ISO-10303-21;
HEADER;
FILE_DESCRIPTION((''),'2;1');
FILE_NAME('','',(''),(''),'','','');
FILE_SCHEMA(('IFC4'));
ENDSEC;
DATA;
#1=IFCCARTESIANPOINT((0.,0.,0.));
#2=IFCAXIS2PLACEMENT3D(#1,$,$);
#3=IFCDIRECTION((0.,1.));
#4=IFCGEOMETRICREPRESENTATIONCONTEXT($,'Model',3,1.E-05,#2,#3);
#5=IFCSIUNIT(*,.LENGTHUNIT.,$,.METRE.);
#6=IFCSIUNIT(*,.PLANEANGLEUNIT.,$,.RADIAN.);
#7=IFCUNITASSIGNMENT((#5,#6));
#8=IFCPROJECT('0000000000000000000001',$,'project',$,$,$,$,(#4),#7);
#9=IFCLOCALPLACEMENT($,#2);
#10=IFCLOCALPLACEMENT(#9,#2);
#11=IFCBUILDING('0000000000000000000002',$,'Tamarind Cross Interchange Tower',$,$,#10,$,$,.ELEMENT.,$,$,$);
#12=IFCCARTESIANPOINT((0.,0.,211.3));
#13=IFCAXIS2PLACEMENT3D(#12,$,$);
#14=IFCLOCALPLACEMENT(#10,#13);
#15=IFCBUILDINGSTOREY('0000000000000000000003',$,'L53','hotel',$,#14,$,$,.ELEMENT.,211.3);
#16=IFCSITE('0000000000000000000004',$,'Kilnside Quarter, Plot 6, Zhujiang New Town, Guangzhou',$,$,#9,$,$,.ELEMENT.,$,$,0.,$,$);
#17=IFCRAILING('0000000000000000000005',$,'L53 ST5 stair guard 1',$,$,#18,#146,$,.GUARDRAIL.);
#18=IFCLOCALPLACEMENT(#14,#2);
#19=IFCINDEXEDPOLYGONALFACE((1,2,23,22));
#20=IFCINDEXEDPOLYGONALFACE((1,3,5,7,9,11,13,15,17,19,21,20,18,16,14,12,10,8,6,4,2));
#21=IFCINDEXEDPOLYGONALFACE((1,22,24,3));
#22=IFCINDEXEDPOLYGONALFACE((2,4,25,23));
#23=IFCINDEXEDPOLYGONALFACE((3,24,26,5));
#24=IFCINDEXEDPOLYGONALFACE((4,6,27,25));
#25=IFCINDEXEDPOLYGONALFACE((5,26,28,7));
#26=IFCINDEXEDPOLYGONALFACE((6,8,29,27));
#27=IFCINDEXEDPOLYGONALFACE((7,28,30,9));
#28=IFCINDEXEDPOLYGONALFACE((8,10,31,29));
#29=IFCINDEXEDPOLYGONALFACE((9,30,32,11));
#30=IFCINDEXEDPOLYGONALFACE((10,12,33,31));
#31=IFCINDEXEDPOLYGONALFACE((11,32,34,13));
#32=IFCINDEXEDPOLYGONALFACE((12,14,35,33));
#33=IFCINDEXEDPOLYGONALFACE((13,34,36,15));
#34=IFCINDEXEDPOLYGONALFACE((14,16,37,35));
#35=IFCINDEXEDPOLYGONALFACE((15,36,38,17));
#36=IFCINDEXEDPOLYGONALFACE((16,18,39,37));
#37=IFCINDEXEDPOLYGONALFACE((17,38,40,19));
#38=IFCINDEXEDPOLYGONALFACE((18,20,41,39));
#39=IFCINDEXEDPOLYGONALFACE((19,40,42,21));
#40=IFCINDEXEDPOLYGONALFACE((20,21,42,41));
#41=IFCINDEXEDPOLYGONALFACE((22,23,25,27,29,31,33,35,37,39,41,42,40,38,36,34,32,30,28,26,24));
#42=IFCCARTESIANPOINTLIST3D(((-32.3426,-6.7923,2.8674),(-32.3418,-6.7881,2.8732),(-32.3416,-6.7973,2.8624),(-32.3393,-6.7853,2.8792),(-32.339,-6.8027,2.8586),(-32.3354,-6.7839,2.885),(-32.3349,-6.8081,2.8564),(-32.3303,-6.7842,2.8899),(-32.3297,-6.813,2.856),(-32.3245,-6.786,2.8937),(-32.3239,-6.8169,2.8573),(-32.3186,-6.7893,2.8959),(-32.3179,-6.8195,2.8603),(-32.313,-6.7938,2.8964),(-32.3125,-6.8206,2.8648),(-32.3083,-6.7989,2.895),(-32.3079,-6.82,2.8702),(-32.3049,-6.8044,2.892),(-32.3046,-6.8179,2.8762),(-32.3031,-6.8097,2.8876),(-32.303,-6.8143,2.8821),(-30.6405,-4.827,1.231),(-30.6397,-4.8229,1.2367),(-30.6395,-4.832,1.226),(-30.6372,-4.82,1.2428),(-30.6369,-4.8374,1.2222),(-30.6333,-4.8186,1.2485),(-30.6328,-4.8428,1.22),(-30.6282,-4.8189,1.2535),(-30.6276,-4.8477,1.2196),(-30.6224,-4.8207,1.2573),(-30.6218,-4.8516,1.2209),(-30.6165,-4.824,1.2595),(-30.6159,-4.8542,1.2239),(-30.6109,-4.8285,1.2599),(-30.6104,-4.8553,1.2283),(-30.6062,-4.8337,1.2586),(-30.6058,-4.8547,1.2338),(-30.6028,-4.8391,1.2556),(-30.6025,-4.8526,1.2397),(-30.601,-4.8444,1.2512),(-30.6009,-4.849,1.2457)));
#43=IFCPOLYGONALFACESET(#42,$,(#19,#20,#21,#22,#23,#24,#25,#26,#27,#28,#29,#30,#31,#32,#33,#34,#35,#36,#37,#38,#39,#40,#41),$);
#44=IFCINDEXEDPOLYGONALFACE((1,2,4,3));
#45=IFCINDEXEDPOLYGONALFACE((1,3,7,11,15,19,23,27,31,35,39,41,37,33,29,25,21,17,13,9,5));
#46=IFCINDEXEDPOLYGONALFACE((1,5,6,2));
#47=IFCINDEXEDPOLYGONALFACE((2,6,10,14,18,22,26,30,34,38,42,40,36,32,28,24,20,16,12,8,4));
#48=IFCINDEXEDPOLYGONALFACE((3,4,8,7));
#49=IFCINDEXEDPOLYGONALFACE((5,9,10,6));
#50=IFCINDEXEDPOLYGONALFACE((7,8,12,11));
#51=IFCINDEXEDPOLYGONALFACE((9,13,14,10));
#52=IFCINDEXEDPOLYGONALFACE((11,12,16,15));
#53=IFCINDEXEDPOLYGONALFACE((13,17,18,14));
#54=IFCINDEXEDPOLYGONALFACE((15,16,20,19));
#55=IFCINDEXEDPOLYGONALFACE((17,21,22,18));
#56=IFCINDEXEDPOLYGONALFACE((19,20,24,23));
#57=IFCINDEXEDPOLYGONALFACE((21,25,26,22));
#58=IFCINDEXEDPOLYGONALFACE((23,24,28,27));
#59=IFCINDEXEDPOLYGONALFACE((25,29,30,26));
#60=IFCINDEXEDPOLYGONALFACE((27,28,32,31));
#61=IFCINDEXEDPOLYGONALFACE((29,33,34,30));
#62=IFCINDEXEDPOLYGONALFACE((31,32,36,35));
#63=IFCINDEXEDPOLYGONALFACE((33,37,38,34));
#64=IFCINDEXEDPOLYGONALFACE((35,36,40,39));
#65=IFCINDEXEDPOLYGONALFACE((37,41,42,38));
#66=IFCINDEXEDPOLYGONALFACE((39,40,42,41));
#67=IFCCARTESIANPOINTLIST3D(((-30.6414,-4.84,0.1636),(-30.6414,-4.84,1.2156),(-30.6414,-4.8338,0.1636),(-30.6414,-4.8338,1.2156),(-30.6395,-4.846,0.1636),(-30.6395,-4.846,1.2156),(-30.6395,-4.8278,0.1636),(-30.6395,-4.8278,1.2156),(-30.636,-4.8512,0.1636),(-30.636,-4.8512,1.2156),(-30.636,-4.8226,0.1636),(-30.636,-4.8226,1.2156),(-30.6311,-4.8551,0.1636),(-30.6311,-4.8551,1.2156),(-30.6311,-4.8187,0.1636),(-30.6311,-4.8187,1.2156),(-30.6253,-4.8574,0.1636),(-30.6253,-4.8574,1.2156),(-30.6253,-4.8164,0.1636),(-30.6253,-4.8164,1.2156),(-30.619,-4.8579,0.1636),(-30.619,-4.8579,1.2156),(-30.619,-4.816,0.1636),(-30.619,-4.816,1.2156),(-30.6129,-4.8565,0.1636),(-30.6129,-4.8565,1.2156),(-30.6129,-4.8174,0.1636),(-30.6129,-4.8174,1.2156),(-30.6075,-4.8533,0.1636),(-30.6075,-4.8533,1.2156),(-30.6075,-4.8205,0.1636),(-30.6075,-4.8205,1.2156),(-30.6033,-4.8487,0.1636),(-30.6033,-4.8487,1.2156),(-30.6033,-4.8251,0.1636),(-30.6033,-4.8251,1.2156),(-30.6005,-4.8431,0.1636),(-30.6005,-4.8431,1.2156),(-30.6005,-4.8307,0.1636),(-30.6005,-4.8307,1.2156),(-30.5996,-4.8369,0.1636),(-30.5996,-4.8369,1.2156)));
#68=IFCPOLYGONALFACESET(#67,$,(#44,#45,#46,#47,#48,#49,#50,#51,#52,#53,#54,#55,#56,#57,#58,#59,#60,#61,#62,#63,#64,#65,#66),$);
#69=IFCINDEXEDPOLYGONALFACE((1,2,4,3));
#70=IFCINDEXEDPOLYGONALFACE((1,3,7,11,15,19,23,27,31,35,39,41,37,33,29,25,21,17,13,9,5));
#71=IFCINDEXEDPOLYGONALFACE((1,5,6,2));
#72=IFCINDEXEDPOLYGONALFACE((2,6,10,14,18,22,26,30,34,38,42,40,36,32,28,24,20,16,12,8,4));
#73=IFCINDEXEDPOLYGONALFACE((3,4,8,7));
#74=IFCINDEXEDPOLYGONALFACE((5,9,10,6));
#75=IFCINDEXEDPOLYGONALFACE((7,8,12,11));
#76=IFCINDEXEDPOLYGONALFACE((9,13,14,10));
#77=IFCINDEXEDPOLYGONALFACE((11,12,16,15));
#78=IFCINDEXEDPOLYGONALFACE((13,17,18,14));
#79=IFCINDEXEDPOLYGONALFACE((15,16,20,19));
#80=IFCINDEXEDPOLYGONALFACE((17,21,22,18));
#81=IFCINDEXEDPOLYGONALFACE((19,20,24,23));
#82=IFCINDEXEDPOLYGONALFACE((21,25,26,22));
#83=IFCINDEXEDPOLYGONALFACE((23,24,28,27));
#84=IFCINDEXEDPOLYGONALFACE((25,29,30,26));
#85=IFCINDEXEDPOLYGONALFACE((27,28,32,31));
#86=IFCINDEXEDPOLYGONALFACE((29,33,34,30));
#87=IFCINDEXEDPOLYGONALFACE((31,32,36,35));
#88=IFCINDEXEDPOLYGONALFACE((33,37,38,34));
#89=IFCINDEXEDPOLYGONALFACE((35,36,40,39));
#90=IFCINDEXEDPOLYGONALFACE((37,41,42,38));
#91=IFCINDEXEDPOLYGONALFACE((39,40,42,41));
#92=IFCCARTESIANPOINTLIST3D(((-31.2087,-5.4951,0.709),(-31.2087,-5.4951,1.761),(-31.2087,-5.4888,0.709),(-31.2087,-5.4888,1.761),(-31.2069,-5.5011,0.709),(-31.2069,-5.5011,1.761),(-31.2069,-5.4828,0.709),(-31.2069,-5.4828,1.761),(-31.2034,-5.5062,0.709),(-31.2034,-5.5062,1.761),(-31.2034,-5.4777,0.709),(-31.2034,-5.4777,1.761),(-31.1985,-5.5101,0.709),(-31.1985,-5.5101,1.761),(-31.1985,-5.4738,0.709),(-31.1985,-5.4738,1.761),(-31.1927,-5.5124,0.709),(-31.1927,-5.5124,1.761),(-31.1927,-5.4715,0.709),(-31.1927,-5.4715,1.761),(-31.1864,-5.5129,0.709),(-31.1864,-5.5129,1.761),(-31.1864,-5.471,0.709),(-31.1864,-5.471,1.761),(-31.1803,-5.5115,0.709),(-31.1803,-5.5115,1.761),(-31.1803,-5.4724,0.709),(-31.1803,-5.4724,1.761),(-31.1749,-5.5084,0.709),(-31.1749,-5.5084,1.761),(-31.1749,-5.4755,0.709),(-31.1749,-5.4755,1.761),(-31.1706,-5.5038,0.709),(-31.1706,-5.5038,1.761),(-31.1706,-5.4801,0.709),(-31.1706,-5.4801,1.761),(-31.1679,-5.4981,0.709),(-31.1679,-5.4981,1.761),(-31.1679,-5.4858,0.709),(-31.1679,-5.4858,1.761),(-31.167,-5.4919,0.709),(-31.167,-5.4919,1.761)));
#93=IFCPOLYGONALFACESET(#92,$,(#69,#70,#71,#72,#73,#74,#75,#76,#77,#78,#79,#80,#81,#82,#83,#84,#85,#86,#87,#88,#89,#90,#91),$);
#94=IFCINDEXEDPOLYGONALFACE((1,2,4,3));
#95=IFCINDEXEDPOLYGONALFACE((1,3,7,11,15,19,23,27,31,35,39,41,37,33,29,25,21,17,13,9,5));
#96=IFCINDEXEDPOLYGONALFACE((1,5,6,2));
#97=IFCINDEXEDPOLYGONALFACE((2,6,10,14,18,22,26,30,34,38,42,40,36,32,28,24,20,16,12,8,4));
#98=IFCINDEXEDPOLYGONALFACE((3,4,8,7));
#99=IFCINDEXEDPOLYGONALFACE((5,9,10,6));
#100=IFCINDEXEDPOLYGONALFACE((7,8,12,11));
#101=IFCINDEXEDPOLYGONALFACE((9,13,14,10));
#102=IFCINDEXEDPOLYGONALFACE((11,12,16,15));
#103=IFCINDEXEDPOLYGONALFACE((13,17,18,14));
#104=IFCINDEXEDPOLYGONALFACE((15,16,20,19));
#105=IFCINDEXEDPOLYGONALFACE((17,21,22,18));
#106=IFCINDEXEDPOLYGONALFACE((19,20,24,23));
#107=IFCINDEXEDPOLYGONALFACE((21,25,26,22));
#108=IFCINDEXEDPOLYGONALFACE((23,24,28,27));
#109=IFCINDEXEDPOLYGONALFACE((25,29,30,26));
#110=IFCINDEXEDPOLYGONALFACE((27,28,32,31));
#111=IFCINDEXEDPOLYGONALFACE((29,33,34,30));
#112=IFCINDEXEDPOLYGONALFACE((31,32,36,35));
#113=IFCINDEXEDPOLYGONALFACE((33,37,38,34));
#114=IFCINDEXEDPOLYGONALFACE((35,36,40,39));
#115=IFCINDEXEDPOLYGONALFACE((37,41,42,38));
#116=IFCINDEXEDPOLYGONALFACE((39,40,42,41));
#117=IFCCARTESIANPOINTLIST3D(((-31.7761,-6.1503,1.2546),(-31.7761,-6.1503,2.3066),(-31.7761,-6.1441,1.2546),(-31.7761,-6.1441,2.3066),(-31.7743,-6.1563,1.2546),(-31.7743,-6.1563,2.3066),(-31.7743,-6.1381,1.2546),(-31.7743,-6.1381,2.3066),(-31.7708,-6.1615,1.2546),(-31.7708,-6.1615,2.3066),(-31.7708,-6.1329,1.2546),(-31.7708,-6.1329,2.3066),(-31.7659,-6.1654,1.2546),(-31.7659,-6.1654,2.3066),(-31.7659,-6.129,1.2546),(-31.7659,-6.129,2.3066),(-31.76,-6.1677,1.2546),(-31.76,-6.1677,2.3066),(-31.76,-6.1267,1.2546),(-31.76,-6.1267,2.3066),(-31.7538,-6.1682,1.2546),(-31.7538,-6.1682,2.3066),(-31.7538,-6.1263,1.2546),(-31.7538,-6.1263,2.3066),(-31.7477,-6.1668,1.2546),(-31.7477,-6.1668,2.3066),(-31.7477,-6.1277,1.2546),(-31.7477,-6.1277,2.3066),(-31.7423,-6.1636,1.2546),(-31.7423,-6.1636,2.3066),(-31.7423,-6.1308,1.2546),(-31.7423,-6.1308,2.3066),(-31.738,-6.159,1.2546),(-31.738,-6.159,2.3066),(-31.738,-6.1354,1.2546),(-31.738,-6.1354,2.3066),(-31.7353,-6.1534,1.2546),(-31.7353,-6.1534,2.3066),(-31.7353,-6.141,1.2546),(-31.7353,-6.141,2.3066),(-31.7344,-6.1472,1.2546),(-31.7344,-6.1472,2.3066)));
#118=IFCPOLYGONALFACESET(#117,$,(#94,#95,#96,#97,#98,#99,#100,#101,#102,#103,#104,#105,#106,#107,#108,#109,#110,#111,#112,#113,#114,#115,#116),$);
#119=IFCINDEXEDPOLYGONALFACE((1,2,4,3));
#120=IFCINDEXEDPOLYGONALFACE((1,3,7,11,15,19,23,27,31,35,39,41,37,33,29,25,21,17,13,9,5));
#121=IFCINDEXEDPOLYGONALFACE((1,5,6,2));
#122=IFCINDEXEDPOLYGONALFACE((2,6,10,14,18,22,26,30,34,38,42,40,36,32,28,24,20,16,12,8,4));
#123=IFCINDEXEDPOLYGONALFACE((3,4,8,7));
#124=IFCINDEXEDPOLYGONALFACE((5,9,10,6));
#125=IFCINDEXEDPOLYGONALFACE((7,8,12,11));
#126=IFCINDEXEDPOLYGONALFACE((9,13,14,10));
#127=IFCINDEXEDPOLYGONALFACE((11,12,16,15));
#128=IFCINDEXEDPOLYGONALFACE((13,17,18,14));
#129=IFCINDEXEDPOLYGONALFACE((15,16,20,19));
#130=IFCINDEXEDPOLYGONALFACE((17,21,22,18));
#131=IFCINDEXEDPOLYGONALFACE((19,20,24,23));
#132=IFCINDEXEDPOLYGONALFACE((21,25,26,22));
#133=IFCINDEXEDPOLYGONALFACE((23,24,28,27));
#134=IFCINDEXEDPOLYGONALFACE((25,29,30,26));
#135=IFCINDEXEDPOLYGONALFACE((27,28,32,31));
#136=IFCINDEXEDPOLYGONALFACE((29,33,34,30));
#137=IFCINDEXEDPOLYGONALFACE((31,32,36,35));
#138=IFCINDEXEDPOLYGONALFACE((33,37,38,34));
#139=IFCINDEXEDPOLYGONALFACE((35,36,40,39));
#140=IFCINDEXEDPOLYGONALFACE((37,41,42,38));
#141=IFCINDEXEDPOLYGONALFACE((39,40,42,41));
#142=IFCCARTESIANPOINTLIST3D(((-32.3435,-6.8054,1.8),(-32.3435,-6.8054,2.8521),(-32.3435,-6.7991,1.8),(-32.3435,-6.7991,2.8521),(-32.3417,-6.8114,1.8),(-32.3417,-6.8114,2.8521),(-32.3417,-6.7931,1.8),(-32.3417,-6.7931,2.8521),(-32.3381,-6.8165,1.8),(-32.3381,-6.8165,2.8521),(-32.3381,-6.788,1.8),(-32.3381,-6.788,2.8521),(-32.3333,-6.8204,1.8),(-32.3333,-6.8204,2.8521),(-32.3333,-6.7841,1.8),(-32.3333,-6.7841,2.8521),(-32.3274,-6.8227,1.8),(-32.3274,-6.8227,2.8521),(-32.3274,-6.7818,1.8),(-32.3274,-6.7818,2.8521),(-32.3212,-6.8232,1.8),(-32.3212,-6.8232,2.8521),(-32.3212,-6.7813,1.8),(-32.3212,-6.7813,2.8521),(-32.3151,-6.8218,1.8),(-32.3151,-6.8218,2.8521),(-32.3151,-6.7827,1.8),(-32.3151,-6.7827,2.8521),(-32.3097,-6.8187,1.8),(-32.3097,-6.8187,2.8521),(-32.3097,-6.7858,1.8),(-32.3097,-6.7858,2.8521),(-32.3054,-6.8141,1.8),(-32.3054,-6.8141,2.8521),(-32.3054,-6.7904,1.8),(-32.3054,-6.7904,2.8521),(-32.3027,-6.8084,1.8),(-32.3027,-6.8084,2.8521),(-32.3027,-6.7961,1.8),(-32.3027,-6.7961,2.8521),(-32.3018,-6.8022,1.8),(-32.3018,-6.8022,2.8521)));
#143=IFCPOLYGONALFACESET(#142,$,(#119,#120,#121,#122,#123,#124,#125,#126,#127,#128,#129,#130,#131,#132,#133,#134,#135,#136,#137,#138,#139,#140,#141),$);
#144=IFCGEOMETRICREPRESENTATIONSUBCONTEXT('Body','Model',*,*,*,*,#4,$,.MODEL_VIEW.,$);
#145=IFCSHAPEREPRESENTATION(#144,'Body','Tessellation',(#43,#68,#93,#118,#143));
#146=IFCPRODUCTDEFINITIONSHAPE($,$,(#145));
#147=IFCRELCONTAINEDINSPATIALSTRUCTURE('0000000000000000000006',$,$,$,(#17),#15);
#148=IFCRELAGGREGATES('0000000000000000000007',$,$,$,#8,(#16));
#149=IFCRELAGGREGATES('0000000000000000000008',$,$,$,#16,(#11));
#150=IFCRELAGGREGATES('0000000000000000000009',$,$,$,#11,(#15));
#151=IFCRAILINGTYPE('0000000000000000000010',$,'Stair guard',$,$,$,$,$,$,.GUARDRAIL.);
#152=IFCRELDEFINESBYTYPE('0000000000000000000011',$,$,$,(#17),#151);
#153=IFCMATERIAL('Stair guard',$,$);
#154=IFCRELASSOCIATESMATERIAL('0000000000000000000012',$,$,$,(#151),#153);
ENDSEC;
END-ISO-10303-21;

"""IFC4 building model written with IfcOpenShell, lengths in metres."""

from ifc_helpers import new_model, si_unit, direction, frame, origin, origin_2d, place, context, subcontext, project, spatial, circle, extrude, material, type_object, element, save


model = new_model("IFC4")

# Units and contexts
model_context = context("Model", 3, precision=1e-05, world=origin(), true_north=direction((0.0, 1.0)))
body_context = subcontext(model_context, "Body", "Model", "MODEL_VIEW")
ifc_project = project(units=[si_unit("LENGTHUNIT", "METRE"), si_unit("PLANEANGLEUNIT", "RADIAN")], contexts=[model_context])

# Site, building, storey
site_placement = place(None, origin())
site = spatial("IfcSite", under=ifc_project, at=site_placement, Name="Kilnside Quarter, Plot 6, Zhujiang New Town, Guangzhou", CompositionType="ELEMENT", RefElevation=0.0)
building_placement = place(site_placement, origin())
building = spatial("IfcBuilding", under=site, at=building_placement, Name="Tamarind Cross Interchange Tower", CompositionType="ELEMENT")
storey_placement = place(building_placement, frame((0.0, 0.0, 211.3)))
storey = spatial("IfcBuildingStorey", under=building, at=storey_placement, Name="L53", Description="hotel", CompositionType="ELEMENT", Elevation=211.3)

# Railing
ifc_material_1 = material(Name="Stair guard")
railing_type_1 = type_object("IfcRailingType", Name="Stair guard", PredefinedType="GUARDRAIL", material=ifc_material_1)
railing_1_placement = place(storey_placement, frame((-30.6206, -4.8369, 0.1636)))
element("IfcRailing", 1, at=railing_1_placement, inside=storey, type_object=railing_type_1, Name="L53 ST5 stair guard 1", PredefinedType="GUARDRAIL", context=body_context, shape_type="SweptSolid", body=[
    extrude(circle(Radius=0.0239, at=origin_2d()), frame((0.0, 0.0, 1.0762), z_axis=(-0.554064, -0.639733, 0.532687), x_axis=(0.755906, -0.65468, 0.0)), (0.0, 0.0, 1.0), 3.072),
    extrude(circle(Radius=0.021, at=origin_2d()), origin(), (0.0, 0.0, 1.0), 1.052),
    extrude(circle(Radius=0.021, at=origin_2d()), frame((-0.5674, -0.655, 0.5454)), (0.0, 0.0, 1.0), 1.052),
    extrude(circle(Radius=0.021, at=origin_2d()), frame((-1.1348, -1.3103, 1.0911)), (0.0, 0.0, 1.0), 1.052),
    extrude(circle(Radius=0.021, at=origin_2d()), frame((-1.7021, -1.9653, 1.6365)), (0.0, 0.0, 1.0), 1.052),
])

save(model, "model.ifc")
